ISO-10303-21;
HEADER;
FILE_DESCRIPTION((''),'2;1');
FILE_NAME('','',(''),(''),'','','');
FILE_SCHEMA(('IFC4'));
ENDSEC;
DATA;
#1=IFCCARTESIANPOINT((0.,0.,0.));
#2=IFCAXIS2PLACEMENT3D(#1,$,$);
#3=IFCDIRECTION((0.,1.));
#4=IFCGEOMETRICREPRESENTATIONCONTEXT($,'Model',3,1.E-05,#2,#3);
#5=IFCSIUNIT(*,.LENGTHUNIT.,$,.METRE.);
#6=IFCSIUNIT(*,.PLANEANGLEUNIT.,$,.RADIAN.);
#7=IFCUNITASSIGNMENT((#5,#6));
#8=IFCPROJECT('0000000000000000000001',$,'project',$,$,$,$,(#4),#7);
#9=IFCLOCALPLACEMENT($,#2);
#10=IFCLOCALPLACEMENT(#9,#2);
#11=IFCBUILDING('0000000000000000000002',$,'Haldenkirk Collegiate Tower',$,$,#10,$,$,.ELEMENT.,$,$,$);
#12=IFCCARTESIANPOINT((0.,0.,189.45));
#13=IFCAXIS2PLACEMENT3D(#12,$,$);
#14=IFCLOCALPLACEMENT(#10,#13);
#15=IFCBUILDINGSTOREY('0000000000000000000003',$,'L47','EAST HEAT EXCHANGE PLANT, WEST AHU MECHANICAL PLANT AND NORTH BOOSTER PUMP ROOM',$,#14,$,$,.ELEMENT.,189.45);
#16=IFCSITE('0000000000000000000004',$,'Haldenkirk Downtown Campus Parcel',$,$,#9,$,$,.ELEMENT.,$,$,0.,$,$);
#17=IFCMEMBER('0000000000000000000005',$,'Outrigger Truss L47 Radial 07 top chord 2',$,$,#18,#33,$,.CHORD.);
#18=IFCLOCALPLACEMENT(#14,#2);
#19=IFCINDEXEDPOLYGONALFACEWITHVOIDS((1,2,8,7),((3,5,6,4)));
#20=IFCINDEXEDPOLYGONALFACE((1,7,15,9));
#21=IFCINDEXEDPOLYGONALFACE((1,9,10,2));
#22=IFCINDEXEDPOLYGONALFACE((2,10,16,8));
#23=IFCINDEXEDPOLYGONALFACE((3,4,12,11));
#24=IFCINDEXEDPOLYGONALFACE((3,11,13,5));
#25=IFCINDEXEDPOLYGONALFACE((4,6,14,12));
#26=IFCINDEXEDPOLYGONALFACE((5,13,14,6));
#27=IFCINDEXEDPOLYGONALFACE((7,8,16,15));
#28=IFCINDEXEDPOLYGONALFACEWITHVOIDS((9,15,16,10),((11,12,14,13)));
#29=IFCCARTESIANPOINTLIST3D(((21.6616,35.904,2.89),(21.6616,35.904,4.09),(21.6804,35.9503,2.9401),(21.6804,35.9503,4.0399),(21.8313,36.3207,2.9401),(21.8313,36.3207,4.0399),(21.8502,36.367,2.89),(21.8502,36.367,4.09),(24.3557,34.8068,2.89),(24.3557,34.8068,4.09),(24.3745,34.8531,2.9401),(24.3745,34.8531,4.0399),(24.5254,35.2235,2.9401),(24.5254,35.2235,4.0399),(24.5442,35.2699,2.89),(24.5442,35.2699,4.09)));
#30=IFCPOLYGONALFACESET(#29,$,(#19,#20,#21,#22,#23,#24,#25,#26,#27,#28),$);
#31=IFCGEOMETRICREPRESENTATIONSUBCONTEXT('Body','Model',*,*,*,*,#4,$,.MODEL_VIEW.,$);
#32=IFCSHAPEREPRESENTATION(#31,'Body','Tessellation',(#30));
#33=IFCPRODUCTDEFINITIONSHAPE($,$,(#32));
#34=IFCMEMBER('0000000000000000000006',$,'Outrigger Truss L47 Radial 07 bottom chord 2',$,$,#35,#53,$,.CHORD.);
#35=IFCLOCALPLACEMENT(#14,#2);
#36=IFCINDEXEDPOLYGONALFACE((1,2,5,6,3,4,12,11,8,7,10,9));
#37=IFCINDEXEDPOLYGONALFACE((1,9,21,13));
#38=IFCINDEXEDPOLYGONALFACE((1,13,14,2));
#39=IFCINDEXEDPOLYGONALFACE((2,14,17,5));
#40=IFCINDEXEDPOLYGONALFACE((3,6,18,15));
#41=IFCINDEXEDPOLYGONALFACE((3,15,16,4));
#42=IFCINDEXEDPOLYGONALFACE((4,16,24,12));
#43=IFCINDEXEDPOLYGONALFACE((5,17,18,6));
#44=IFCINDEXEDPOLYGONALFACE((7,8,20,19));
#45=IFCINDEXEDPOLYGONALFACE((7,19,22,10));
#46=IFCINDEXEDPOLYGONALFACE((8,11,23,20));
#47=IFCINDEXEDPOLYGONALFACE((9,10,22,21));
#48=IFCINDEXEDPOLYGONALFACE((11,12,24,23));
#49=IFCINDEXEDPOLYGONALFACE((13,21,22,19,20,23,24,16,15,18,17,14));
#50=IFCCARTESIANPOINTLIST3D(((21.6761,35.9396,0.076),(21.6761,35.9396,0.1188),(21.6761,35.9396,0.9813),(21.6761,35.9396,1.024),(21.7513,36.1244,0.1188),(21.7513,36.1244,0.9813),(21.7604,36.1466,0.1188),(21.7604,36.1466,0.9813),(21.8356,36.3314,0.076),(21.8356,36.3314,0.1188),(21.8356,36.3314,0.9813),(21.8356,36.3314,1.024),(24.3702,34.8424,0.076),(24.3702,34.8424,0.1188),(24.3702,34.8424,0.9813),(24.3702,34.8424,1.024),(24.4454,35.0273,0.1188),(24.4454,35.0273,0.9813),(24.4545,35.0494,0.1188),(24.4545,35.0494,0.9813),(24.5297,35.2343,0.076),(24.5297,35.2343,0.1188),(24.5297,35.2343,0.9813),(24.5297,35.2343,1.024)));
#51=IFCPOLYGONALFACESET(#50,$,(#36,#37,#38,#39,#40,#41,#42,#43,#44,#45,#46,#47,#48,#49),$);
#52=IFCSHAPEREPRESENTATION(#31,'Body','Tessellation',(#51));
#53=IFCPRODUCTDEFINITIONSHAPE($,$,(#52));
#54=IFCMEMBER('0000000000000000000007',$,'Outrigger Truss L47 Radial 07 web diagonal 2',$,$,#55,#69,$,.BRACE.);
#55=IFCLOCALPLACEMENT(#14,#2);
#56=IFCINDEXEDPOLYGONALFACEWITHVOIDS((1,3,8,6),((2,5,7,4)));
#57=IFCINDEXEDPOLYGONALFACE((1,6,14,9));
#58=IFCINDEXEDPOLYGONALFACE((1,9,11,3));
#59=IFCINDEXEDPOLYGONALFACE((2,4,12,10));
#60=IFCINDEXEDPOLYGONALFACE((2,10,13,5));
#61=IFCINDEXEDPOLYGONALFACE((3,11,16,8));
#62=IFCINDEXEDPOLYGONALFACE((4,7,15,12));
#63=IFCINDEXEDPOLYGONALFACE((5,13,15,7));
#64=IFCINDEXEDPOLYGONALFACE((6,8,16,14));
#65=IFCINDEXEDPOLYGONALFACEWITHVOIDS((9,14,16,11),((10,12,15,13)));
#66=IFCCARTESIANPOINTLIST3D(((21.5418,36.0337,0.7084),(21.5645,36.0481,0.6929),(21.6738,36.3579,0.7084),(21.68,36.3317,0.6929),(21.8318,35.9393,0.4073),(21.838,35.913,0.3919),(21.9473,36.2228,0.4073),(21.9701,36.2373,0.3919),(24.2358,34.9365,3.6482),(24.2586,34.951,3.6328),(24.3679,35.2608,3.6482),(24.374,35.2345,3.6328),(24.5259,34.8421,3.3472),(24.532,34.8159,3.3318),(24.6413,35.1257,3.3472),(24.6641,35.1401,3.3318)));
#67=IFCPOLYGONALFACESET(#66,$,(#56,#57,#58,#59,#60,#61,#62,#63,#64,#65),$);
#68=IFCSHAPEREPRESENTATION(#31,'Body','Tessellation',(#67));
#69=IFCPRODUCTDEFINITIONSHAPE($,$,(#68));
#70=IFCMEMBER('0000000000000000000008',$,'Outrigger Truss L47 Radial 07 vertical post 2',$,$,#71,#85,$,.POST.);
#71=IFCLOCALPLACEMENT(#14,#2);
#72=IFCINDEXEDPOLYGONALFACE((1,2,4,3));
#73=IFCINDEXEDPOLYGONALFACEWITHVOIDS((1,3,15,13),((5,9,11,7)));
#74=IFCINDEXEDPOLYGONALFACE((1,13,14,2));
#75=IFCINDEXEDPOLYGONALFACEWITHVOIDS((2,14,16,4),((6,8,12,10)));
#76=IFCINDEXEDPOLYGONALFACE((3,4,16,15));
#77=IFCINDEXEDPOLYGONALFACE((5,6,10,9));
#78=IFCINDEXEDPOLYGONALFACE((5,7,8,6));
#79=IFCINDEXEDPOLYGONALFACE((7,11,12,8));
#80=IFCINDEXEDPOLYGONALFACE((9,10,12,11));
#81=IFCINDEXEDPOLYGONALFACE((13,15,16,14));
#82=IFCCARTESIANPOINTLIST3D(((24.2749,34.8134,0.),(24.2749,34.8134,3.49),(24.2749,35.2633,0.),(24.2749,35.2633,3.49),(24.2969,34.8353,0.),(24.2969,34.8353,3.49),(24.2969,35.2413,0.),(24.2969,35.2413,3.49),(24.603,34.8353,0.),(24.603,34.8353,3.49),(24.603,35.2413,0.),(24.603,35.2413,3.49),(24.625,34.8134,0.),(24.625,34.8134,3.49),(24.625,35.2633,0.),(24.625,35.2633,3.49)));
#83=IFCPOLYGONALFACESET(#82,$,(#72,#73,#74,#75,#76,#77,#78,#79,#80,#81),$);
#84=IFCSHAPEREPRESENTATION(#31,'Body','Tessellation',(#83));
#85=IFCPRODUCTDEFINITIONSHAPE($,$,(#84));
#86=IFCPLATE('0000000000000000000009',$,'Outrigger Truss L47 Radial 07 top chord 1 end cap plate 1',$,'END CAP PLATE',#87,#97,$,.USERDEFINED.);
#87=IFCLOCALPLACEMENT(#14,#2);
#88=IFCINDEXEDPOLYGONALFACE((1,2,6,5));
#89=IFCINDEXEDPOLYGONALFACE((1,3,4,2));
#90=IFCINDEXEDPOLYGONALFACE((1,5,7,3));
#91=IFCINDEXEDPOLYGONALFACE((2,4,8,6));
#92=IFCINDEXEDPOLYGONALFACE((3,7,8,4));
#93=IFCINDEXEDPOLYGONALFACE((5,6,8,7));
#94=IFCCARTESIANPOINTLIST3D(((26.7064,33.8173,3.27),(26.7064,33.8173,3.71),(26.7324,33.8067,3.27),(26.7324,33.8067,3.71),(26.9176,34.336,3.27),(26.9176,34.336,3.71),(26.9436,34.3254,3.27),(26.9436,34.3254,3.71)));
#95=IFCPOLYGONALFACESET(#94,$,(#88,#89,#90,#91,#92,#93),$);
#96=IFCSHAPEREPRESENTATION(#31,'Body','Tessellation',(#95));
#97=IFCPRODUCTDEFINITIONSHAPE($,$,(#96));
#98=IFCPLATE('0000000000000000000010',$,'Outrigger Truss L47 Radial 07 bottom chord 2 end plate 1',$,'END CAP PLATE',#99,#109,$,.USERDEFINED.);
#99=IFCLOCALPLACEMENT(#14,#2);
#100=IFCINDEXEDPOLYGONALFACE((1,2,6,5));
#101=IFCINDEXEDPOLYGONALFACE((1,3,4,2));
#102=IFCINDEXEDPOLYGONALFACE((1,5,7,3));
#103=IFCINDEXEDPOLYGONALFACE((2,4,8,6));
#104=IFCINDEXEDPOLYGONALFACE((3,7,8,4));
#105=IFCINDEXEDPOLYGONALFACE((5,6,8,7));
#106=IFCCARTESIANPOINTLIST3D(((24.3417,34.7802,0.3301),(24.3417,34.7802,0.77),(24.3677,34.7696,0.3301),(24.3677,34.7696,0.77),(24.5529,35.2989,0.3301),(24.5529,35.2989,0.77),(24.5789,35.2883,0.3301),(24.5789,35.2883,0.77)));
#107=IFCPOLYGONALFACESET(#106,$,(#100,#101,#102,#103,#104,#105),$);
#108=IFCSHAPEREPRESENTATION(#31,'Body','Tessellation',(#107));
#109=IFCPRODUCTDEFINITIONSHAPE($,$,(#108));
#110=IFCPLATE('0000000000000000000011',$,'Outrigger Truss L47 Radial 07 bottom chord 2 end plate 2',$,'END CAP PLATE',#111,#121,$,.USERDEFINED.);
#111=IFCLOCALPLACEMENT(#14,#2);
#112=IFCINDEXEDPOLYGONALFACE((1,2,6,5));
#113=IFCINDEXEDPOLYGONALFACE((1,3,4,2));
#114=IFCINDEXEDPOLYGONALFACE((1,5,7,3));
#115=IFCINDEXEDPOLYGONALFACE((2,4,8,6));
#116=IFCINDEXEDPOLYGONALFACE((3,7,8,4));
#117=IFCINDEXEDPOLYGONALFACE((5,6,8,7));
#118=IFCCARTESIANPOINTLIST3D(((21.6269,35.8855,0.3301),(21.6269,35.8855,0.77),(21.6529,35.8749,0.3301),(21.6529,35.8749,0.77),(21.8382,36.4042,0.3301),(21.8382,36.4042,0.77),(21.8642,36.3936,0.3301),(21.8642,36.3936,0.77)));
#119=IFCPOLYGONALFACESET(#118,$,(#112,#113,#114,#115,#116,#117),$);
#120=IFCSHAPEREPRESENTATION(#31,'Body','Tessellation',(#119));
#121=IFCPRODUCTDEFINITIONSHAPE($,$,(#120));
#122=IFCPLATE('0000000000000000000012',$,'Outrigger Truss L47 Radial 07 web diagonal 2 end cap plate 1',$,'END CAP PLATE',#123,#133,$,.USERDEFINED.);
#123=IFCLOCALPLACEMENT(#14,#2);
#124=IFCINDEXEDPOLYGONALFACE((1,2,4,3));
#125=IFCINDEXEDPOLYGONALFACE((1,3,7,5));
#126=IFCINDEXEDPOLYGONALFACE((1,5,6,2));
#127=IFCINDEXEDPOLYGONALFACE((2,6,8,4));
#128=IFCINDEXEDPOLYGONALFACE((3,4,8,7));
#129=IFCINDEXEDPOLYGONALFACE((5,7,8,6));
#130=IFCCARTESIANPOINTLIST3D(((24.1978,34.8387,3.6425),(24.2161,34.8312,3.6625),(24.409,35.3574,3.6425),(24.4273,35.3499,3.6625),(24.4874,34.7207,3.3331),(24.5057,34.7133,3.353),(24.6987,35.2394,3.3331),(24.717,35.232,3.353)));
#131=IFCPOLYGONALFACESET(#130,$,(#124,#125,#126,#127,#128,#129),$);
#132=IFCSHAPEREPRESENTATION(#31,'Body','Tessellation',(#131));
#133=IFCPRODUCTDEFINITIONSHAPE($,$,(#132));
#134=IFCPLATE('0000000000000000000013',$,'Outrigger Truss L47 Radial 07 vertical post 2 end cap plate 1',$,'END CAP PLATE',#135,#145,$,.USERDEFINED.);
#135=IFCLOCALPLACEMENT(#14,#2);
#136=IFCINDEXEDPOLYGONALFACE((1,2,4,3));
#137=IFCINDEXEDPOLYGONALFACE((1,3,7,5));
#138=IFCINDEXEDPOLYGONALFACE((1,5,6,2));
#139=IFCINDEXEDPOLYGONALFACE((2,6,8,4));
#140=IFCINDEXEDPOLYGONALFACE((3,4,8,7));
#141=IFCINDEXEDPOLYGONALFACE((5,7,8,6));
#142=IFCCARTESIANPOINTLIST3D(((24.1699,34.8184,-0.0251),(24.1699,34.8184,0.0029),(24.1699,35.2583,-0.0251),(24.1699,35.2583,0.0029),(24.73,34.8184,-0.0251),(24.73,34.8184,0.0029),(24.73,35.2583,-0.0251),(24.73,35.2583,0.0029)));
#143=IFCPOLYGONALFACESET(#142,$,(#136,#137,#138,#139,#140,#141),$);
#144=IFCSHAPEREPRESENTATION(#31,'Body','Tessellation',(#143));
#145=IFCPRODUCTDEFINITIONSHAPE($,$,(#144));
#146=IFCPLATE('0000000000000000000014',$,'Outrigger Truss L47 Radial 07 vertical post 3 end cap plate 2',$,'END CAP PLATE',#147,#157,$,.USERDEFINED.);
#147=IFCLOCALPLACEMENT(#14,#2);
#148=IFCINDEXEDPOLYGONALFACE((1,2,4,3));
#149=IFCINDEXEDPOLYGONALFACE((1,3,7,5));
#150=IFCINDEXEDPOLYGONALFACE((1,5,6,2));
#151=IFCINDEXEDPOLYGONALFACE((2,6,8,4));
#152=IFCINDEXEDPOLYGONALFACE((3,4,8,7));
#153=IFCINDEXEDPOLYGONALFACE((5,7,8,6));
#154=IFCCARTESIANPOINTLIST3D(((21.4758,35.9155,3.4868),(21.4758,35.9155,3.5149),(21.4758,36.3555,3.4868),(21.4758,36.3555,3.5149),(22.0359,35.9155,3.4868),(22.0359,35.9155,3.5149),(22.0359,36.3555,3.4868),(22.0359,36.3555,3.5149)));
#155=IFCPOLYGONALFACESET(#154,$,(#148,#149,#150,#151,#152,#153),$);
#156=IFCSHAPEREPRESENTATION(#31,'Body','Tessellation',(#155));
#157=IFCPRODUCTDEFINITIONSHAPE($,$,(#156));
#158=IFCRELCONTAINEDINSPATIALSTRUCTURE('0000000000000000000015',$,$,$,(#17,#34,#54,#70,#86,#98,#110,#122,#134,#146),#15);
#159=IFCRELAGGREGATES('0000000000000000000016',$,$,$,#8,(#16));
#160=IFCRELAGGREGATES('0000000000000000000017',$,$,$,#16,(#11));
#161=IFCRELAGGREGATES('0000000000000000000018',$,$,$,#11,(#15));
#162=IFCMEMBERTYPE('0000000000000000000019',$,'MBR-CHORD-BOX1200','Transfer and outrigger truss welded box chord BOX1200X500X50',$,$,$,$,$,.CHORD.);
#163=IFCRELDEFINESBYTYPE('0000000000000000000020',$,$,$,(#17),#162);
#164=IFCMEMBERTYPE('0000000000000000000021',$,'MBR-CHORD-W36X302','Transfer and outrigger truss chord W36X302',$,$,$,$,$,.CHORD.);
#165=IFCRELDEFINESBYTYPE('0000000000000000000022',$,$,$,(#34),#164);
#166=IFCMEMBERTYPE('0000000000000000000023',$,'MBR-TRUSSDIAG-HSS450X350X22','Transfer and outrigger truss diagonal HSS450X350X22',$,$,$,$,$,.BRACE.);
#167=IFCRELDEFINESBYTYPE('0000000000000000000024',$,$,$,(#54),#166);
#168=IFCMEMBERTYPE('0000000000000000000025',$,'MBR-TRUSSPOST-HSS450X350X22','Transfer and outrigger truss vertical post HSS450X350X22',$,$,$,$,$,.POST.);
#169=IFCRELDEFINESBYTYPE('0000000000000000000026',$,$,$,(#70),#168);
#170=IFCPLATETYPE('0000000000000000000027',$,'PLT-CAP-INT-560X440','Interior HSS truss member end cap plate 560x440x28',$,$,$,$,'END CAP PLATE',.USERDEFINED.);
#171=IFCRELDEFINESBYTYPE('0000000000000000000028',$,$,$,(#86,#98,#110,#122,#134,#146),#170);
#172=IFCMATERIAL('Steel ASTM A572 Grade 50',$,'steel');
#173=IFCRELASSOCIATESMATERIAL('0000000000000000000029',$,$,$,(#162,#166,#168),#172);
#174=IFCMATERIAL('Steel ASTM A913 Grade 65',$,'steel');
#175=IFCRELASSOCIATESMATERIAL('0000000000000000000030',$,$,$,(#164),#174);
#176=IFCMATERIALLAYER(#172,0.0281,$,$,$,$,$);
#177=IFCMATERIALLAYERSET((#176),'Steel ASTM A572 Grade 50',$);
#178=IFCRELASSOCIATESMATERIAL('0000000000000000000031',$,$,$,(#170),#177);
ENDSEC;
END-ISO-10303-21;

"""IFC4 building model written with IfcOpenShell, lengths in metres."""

from ifc_helpers import new_model, si_unit, direction, frame, origin, origin_2d, place, context, subcontext, project, spatial, rectangle, hollow_rectangle, i_section, extrude, source, transform, mapped, material, layer, layer_set, material_profile, profile_set, type_object, element, save


model = new_model("IFC4")

# Units and contexts
model_context = context("Model", 3, precision=1e-05, world=origin(), true_north=direction((0.0, 1.0)))
body_context = subcontext(model_context, "Body", "Model", "MODEL_VIEW")
ifc_project = project(units=[si_unit("LENGTHUNIT", "METRE"), si_unit("PLANEANGLEUNIT", "RADIAN")], contexts=[model_context])

# Site, building, storey
site_placement = place(None, origin())
site = spatial("IfcSite", under=ifc_project, at=site_placement, Name="Haldenkirk Downtown Campus Parcel", CompositionType="ELEMENT", RefElevation=0.0)
building_placement = place(site_placement, origin())
building = spatial("IfcBuilding", under=site, at=building_placement, Name="Haldenkirk Collegiate Tower", CompositionType="ELEMENT")
storey_placement = place(building_placement, frame((0.0, 0.0, 189.45)))
storey = spatial("IfcBuildingStorey", under=building, at=storey_placement, Name="L47", Description="EAST HEAT EXCHANGE PLANT, WEST AHU MECHANICAL PLANT AND NORTH BOOSTER PUMP ROOM", CompositionType="ELEMENT", Elevation=189.45)

# Members
ifc_material_1 = material(Name="Steel ASTM A572 Grade 50", Category="steel")
ifc_material_profile_1 = material_profile(ifc_material_1, hollow_rectangle(XDim=0.5, YDim=1.2, WallThickness=0.05, at=origin_2d()), Name="BOX1200X500X50")
ifc_profile_set_1 = profile_set([ifc_material_profile_1], Name="Steel ASTM A572 Grade 50")
member_type_1 = type_object("IfcMemberType", Name="MBR-CHORD-BOX1200", Description="Transfer and outrigger truss welded box chord BOX1200X500X50", PredefinedType="CHORD", material=ifc_profile_set_1)
member_1_placement = place(storey_placement, frame((24.45, 35.0383, 3.49), z_axis=(-0.926143, 0.377172, 0.0), x_axis=(-0.377172, -0.926143, 0.0)))
element("IfcMember", 1, at=member_1_placement, inside=storey, type_object=member_type_1, Name="Outrigger Truss L47 Radial 07 top chord 2", PredefinedType="CHORD", context=body_context, shape_type="SweptSolid", body=[
    extrude(hollow_rectangle(XDim=0.5, YDim=1.2, WallThickness=0.05, at=origin_2d()), origin(), (0.0, 0.0, 1.0), 2.9089),
])
ifc_material_2 = material(Name="Steel ASTM A913 Grade 65", Category="steel")
ifc_material_profile_2 = material_profile(ifc_material_2, i_section(OverallWidth=0.4231, OverallDepth=0.948, WebThickness=0.0239, FlangeThickness=0.0427, at=origin_2d()), Name="W36X302")
ifc_profile_set_2 = profile_set([ifc_material_profile_2], Name="Steel ASTM A913 Grade 65")
member_type_2 = type_object("IfcMemberType", Name="MBR-CHORD-W36X302", Description="Transfer and outrigger truss chord W36X302", PredefinedType="CHORD", material=ifc_profile_set_2)
member_2_placement = place(storey_placement, frame((24.45, 35.0383, 0.55), z_axis=(-0.926143, 0.377172, 0.0), x_axis=(-0.377172, -0.926143, 0.0)))
element("IfcMember", 2, at=member_2_placement, inside=storey, type_object=member_type_2, Name="Outrigger Truss L47 Radial 07 bottom chord 2", PredefinedType="CHORD", context=body_context, shape_type="SweptSolid", body=[
    extrude(i_section(OverallWidth=0.4231, OverallDepth=0.948, WebThickness=0.0239, FlangeThickness=0.0427, at=origin_2d()), origin(), (0.0, 0.0, 1.0), 2.9089),
])
ifc_material_profile_3 = material_profile(ifc_material_1, hollow_rectangle(XDim=0.3501, YDim=0.45, WallThickness=0.022, at=origin_2d()), Name="HSS450X350X22")
ifc_profile_set_3 = profile_set([ifc_material_profile_3], Name="Steel ASTM A572 Grade 50")
member_type_3 = type_object("IfcMemberType", Name="MBR-TRUSSDIAG-HSS450X350X22", Description="Transfer and outrigger truss diagonal HSS450X350X22", PredefinedType="BRACE", material=ifc_profile_set_3)
member_3_placement = place(storey_placement, frame((24.45, 35.0383, 3.49), z_axis=(-0.651402, 0.265283, -0.710845), x_axis=(-0.377172, -0.926143, 0.0)))
element("IfcMember", 3, at=member_3_placement, inside=storey, type_object=member_type_3, Name="Outrigger Truss L47 Radial 07 web diagonal 2", PredefinedType="BRACE", context=body_context, shape_type="SweptSolid", body=[
    extrude(hollow_rectangle(XDim=0.3501, YDim=0.45, WallThickness=0.022, at=origin_2d()), origin(), (0.0, 0.0, 1.0), 4.1357),
])
ifc_material_profile_4 = material_profile(ifc_material_1, hollow_rectangle(XDim=0.3501, YDim=0.45, WallThickness=0.022, at=origin_2d()), Name="HSS450X350X22")
ifc_profile_set_4 = profile_set([ifc_material_profile_4], Name="Steel ASTM A572 Grade 50")
member_type_4 = type_object("IfcMemberType", Name="MBR-TRUSSPOST-HSS450X350X22", Description="Transfer and outrigger truss vertical post HSS450X350X22", PredefinedType="POST", material=ifc_profile_set_4)
member_4_placement = place(storey_placement, frame((24.45, 35.0383, 0.0), z_axis=(0.0, 0.0, 1.0), x_axis=(1.0, 0.0, 0.0)))
element("IfcMember", 4, at=member_4_placement, inside=storey, type_object=member_type_4, Name="Outrigger Truss L47 Radial 07 vertical post 2", PredefinedType="POST", context=body_context, shape_type="SweptSolid", body=[
    extrude(hollow_rectangle(XDim=0.3501, YDim=0.45, WallThickness=0.022, at=origin_2d()), origin(), (0.0, 0.0, 1.0), 3.49),
])

# Plates
ifc_layer_1 = layer(ifc_material_1, 0.0281)
ifc_layer_set_1 = layer_set([ifc_layer_1], Name="Steel ASTM A572 Grade 50")
plate_type = type_object("IfcPlateType", Name="PLT-CAP-INT-560X440", Description="Interior HSS truss member end cap plate 560x440x28", ElementType="END CAP PLATE", PredefinedType="USERDEFINED", material=ifc_layer_set_1)
shared_shape = source(origin(), body_context, "Body", "SweptSolid", [
    extrude(rectangle(XDim=0.5601, YDim=0.4399, at=origin_2d()), origin(), (0.0, 0.0, 1.0), 0.0281),
])
for number, where, z_axis, x_axis, name in (
    (5, (26.812, 34.0767, 3.49), (0.926152, -0.37715, 0.0), (0.37715, 0.926152, 0.0), "Outrigger Truss L47 Radial 07 top chord 1 end cap plate 1"),
    (6, (24.4473, 35.0396, 0.55), (0.926155, -0.377143, 0.0), (0.377143, 0.926155, 0.0), "Outrigger Truss L47 Radial 07 bottom chord 2 end plate 1"),
    (7, (21.7585, 36.1343, 0.55), (-0.926155, 0.377143, 0.0), (-0.377143, -0.926155, 0.0), "Outrigger Truss L47 Radial 07 bottom chord 2 end plate 2"),
    (8, (24.4482, 35.0391, 3.4878), (0.651399, -0.265265, 0.710854), (0.377151, 0.926152, 0.0), "Outrigger Truss L47 Radial 07 web diagonal 2 end cap plate 1"),
    (9, (24.45, 35.0383, 0.0029), (0.0, 0.0, -1.0), (1.0, 0.0, 0.0), "Outrigger Truss L47 Radial 07 vertical post 2 end cap plate 1"),
    (10, (21.7559, 36.1355, 3.4868), (0.0, 0.0, 1.0), (1.0, 0.0, 0.0), "Outrigger Truss L47 Radial 07 vertical post 3 end cap plate 2"),
):
    element("IfcPlate", number, at=place(storey_placement, frame(where, z_axis=z_axis, x_axis=x_axis)), inside=storey, type_object=plate_type, Name=name, ObjectType="END CAP PLATE", PredefinedType="USERDEFINED", context=body_context, shape_type="MappedRepresentation", body=[
        mapped(shared_shape, transform((0.0, 0.0, 0.0), x_axis=(1.0, 0.0, 0.0), y_axis=(0.0, 1.0, 0.0), z_axis=(0.0, 0.0, 1.0), scale=1.0)),
    ])

save(model, "model.ifc")
